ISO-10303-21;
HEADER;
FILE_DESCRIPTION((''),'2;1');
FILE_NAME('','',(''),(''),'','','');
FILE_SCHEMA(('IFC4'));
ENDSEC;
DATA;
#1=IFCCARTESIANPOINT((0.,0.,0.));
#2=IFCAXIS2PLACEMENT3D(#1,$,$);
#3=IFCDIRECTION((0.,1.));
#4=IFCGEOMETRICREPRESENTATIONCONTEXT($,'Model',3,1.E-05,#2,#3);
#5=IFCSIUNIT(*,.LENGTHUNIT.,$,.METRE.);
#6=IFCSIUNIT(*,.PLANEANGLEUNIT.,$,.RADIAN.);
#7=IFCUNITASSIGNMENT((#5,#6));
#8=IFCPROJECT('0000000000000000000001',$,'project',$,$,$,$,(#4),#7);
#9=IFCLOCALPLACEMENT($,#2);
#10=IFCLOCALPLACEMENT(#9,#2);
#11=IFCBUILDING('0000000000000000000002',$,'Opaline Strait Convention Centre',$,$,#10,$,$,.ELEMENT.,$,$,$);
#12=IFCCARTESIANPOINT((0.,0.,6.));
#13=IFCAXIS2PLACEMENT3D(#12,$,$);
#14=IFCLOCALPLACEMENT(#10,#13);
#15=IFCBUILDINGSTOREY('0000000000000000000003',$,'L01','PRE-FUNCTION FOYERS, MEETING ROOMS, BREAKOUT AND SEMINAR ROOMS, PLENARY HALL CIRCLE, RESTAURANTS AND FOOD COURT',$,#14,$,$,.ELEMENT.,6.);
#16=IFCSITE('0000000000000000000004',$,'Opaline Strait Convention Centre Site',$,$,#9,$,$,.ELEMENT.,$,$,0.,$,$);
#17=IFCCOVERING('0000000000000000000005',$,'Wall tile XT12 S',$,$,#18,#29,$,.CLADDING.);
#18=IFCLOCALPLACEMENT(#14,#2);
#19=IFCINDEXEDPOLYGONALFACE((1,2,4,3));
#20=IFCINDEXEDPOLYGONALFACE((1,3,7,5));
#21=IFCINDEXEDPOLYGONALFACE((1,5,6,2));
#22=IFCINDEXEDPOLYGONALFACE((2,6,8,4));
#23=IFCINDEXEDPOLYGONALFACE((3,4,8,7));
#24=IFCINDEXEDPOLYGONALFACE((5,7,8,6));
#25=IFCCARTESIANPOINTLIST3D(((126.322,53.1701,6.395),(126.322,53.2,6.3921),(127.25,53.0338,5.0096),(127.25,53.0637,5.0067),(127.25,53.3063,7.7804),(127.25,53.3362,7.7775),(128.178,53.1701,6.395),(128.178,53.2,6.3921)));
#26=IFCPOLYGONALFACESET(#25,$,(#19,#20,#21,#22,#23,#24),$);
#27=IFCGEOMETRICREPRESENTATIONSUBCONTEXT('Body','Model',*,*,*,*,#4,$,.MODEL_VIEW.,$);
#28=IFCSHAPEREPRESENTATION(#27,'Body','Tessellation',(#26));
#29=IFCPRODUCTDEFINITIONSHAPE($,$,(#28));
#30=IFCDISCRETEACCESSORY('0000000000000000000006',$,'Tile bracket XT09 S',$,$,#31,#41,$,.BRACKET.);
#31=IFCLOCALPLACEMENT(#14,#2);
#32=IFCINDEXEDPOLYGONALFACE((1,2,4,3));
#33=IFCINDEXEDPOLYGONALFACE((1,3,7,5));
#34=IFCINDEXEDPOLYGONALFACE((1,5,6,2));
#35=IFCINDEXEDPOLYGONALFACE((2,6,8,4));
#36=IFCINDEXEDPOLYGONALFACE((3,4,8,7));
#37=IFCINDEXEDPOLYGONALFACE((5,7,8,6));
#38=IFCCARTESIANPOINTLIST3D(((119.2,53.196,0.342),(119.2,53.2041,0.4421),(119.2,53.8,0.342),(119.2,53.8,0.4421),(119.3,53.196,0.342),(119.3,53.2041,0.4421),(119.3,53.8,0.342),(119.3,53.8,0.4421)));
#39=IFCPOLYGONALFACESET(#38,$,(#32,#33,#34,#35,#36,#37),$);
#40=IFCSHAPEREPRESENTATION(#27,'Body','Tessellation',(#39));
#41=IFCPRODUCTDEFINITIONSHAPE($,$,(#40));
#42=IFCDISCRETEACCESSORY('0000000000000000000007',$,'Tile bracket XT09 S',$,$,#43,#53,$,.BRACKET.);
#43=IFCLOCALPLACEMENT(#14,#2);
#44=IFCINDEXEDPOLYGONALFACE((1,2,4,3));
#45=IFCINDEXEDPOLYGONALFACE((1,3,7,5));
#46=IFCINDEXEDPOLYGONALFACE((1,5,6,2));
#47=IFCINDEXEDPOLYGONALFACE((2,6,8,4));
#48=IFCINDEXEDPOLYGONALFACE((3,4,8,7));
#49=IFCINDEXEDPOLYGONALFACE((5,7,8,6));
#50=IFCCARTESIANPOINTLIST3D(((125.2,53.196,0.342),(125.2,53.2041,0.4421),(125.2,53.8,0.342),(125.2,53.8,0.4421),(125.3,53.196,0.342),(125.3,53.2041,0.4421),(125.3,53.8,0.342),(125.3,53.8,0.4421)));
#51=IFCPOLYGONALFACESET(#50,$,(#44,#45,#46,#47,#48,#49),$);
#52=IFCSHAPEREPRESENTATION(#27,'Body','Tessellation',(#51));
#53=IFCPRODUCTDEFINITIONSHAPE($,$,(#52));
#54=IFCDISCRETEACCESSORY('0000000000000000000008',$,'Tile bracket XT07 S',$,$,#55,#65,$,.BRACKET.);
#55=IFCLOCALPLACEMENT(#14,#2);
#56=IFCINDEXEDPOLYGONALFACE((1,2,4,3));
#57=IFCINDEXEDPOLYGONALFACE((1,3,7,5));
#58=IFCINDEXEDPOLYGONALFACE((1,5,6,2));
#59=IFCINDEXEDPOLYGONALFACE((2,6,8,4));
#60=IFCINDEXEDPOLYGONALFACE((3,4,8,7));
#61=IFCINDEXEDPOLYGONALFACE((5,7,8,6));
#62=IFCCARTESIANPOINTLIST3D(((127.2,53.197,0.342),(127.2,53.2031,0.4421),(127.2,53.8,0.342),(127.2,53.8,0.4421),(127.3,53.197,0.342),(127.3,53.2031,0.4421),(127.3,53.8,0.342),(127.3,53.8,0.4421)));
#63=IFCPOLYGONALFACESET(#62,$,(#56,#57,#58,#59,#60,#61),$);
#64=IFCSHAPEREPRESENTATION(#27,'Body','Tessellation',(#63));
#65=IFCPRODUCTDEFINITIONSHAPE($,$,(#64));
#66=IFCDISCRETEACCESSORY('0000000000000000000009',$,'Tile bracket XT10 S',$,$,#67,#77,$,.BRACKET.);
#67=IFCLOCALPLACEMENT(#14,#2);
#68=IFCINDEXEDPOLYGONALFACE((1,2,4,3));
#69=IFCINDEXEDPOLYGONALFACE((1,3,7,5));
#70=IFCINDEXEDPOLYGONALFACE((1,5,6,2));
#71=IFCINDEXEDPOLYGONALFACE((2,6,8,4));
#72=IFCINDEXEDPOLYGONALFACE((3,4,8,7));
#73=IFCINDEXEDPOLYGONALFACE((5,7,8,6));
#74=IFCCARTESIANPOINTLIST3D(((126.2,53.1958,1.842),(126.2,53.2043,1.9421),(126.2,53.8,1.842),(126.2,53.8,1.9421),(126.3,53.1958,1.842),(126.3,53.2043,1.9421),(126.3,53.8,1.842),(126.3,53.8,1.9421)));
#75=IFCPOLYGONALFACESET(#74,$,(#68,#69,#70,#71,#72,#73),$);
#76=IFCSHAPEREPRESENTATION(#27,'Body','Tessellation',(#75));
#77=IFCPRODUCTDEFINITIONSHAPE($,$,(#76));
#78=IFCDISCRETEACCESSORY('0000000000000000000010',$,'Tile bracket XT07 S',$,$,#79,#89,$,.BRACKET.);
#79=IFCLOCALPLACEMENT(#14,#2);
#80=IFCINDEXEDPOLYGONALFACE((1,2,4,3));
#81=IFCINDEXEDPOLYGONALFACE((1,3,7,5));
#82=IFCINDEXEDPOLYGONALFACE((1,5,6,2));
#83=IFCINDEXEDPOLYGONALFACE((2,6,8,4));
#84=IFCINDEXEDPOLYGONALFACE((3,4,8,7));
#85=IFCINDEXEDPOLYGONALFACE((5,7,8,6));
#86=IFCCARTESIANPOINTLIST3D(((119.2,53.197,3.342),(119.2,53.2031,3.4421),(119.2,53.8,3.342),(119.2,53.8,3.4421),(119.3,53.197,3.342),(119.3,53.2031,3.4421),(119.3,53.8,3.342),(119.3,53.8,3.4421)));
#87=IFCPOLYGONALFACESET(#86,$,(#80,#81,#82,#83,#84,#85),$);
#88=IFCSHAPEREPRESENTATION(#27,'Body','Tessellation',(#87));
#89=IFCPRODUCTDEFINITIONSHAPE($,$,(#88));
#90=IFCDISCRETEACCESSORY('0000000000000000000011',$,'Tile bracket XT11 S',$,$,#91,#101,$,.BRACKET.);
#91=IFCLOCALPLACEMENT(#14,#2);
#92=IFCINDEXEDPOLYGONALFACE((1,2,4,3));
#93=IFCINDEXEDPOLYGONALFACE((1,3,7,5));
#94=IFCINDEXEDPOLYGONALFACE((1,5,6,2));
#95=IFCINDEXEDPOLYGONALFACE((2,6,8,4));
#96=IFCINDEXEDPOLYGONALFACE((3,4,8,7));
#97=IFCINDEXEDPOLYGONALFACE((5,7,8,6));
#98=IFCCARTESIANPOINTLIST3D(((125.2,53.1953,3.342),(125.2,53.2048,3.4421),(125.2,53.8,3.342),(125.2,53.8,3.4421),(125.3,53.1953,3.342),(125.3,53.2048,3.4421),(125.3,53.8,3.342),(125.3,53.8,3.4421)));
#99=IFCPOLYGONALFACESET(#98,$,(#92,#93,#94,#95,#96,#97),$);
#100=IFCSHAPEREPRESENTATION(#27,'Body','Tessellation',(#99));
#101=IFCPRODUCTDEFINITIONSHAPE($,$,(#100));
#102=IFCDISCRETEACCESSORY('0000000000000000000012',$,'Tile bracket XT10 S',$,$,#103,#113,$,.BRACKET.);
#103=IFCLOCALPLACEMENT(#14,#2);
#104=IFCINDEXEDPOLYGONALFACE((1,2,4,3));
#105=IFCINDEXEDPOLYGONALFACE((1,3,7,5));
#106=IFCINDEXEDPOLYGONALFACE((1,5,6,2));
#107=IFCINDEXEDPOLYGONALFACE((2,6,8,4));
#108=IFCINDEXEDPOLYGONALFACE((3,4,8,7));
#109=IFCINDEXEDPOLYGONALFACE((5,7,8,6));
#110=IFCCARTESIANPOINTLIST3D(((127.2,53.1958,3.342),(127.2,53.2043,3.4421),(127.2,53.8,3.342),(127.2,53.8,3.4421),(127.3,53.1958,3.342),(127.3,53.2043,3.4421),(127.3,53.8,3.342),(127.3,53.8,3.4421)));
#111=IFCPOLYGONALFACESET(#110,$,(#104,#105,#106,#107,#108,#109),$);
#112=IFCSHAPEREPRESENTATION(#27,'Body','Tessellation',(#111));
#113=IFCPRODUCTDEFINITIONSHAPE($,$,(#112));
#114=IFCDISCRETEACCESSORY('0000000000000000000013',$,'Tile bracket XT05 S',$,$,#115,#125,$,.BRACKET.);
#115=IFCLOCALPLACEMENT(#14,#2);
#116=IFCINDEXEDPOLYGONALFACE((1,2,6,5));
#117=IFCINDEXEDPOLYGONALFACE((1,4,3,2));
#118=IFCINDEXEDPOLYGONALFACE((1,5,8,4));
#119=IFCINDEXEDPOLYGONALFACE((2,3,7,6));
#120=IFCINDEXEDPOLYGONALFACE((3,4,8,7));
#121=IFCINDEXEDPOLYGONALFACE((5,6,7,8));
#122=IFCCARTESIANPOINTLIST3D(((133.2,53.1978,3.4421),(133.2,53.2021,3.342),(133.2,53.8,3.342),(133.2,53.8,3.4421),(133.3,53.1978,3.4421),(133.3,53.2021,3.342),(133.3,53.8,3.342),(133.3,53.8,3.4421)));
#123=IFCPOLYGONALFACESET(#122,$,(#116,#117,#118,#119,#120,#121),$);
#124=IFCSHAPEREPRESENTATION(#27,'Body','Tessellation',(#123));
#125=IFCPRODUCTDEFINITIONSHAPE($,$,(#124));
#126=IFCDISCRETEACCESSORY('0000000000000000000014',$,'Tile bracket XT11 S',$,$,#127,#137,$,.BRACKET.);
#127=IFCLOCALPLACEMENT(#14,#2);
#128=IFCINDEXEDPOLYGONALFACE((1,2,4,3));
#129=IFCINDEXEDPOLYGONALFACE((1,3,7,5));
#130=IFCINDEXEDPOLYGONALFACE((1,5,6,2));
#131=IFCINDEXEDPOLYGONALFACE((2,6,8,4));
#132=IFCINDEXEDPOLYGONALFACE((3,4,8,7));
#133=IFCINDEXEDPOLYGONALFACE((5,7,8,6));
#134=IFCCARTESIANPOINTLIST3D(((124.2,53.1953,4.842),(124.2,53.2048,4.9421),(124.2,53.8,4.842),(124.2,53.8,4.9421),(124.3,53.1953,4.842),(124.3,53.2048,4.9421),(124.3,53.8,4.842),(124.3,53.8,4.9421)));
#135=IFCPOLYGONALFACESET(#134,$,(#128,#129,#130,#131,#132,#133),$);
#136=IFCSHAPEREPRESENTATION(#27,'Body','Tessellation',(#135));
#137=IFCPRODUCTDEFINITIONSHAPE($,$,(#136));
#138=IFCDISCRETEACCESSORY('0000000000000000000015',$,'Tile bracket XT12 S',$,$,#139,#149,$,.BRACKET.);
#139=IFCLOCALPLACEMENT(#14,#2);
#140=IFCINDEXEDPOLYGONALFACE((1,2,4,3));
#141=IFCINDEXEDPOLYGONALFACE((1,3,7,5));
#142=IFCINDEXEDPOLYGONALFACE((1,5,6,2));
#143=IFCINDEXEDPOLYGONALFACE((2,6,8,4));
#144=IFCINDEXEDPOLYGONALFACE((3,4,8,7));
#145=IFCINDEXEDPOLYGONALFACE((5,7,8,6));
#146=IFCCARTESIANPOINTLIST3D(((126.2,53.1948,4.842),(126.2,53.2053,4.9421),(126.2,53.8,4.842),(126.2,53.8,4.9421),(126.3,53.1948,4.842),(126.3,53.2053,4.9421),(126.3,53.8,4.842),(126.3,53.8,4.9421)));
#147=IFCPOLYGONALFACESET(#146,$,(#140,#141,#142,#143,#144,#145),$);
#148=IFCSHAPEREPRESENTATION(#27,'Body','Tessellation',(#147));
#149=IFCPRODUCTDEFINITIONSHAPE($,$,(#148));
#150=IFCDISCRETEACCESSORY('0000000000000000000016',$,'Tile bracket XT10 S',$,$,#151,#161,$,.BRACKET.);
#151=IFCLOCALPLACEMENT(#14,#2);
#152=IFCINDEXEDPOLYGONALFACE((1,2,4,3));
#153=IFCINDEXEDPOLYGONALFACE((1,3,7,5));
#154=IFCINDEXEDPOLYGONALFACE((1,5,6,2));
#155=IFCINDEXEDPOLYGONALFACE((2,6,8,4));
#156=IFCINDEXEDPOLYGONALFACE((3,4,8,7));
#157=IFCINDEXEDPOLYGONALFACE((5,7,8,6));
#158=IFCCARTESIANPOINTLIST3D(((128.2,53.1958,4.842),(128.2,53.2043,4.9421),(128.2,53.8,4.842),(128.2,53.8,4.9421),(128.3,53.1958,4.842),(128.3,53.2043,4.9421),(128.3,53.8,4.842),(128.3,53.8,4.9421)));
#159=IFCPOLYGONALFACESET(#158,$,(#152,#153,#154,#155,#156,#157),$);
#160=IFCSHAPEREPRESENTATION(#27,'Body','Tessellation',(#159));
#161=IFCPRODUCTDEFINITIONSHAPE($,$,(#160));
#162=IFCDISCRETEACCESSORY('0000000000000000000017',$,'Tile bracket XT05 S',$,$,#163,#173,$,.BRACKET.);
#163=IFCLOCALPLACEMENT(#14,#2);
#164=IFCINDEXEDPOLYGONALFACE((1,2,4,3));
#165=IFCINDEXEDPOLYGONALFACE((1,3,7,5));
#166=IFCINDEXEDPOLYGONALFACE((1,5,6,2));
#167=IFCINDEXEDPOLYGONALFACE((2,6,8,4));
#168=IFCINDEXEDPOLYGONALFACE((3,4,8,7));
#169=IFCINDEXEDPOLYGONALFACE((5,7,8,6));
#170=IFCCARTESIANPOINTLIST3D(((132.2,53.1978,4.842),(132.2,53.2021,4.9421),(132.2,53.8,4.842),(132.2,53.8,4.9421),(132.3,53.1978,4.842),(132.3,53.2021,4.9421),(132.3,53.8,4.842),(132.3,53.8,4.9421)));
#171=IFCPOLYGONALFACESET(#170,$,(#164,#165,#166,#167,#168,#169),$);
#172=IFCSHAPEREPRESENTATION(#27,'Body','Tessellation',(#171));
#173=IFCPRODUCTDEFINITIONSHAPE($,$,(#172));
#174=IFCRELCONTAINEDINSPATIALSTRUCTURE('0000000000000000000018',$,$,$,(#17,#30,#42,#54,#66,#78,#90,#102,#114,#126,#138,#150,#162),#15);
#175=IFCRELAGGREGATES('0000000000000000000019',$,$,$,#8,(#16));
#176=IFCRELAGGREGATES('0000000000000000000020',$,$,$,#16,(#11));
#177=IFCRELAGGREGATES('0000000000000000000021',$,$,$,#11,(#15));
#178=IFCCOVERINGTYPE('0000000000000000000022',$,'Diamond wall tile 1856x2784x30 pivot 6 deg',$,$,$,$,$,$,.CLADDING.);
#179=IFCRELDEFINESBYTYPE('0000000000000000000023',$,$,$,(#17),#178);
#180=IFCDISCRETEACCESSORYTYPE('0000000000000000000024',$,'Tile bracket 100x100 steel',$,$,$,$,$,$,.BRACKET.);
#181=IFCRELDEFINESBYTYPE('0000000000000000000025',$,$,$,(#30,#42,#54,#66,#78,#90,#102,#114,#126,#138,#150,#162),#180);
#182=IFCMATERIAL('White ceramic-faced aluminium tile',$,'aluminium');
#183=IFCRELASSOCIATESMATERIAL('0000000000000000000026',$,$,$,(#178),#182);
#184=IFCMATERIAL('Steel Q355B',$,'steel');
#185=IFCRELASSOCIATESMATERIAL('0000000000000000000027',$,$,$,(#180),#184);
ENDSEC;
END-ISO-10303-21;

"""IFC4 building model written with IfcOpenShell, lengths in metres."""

from ifc_helpers import new_model, si_unit, direction, frame, origin, place, context, subcontext, project, spatial, polyline, outline, extrude, material, material_profile, profile_set, type_object, element, save


model = new_model("IFC4")

# Units and contexts
model_context = context("Model", 3, precision=1e-05, world=origin(), true_north=direction((0.0, 1.0)))
body_context = subcontext(model_context, "Body", "Model", "MODEL_VIEW")
ifc_project = project(units=[si_unit("LENGTHUNIT", "METRE"), si_unit("PLANEANGLEUNIT", "RADIAN")], contexts=[model_context])

# Site, building, storey
site_placement = place(None, origin())
site = spatial("IfcSite", under=ifc_project, at=site_placement, Name="Opaline Strait Convention Centre Site", CompositionType="ELEMENT", RefElevation=0.0)
building_placement = place(site_placement, origin())
building = spatial("IfcBuilding", under=site, at=building_placement, Name="Opaline Strait Convention Centre", CompositionType="ELEMENT")
storey_placement = place(building_placement, frame((0.0, 0.0, 6.0)))
storey = spatial("IfcBuildingStorey", under=building, at=storey_placement, Name="L01", Description="PRE-FUNCTION FOYERS, MEETING ROOMS, BREAKOUT AND SEMINAR ROOMS, PLENARY HALL CIRCLE, RESTAURANTS AND FOOD COURT", CompositionType="ELEMENT", Elevation=6.0)

# Covering
ifc_material_1 = material(Name="White ceramic-faced aluminium tile", Category="aluminium")
ifc_material_profile_1 = material_profile(ifc_material_1, outline(polyline([(0.928, 0.0), (0.0, 1.3921), (-0.928, 0.0), (0.0, -1.3921), (0.928, 0.0)])), Name="Diamond tile 1856x2784")
ifc_profile_set_1 = profile_set([ifc_material_profile_1], Name="White ceramic-faced aluminium tile")
covering_type_1 = type_object("IfcCoveringType", Name="Diamond wall tile 1856x2784x30 pivot 6 deg", PredefinedType="CLADDING", material=ifc_profile_set_1)
for number, where, z_axis, x_axis, name in (
    (1, (127.25, 53.2, 6.3921), (0.0, -0.995197, 0.097888), (1.0, 0.0, 0.0), "Wall tile XT12 S"),
):
    element("IfcCovering", number, at=place(storey_placement, frame(where, z_axis=z_axis, x_axis=x_axis)), inside=storey, type_object=covering_type_1, Name=name, PredefinedType="CLADDING", context=body_context, shape_type="SweptSolid", body=[
        extrude(outline(polyline([(0.928, 0.0), (0.0, 1.3921), (-0.928, 0.0), (0.0, -1.3921), (0.928, 0.0)])), origin(), (0.0, 0.0, 1.0), 0.03),
    ])

# Discrete accessories
ifc_material_2 = material(Name="Steel Q355B", Category="steel")
discrete_accessory_type = type_object("IfcDiscreteAccessoryType", Name="Tile bracket 100x100 steel", PredefinedType="BRACKET", material=ifc_material_2)
for number, where, z_axis, x_axis, name in (
    (2, (119.2, 53.8, 0.3921), (1.0, 0.0, 0.0), (0.0, 1.0, 0.0), "Tile bracket XT09 S"),
    (3, (125.2, 53.8, 0.3921), (1.0, 0.0, 0.0), (0.0, 1.0, 0.0), "Tile bracket XT09 S"),
):
    element("IfcDiscreteAccessory", number, at=place(storey_placement, frame(where, z_axis=z_axis, x_axis=x_axis)), inside=storey, type_object=discrete_accessory_type, Name=name, PredefinedType="BRACKET", context=body_context, shape_type="SweptSolid", body=[
        extrude(outline(polyline([(0.0, -0.05), (0.0, 0.05), (-0.5959, 0.05), (-0.604, -0.05), (0.0, -0.05)])), origin(), (0.0, 0.0, 1.0), 0.1001),
    ])
discrete_accessory_1_placement = place(storey_placement, frame((127.2, 53.8, 0.3921), z_axis=(1.0, 0.0, 0.0), x_axis=(0.0, 1.0, 0.0)))
element("IfcDiscreteAccessory", 4, at=discrete_accessory_1_placement, inside=storey, type_object=discrete_accessory_type, Name="Tile bracket XT07 S", PredefinedType="BRACKET", context=body_context, shape_type="SweptSolid", body=[
    extrude(outline(polyline([(0.0, -0.05), (0.0, 0.05), (-0.5969, 0.05), (-0.603, -0.05), (0.0, -0.05)])), origin(), (0.0, 0.0, 1.0), 0.1001),
])
discrete_accessory_2_placement = place(storey_placement, frame((126.2, 53.8, 1.8921), z_axis=(1.0, 0.0, 0.0), x_axis=(0.0, 1.0, 0.0)))
element("IfcDiscreteAccessory", 5, at=discrete_accessory_2_placement, inside=storey, type_object=discrete_accessory_type, Name="Tile bracket XT10 S", PredefinedType="BRACKET", context=body_context, shape_type="SweptSolid", body=[
    extrude(outline(polyline([(0.0, -0.05), (0.0, 0.05), (-0.5957, 0.05), (-0.6042, -0.05), (0.0, -0.05)])), origin(), (0.0, 0.0, 1.0), 0.1001),
])
discrete_accessory_3_placement = place(storey_placement, frame((119.2, 53.8, 3.3921), z_axis=(1.0, 0.0, 0.0), x_axis=(0.0, 1.0, 0.0)))
element("IfcDiscreteAccessory", 6, at=discrete_accessory_3_placement, inside=storey, type_object=discrete_accessory_type, Name="Tile bracket XT07 S", PredefinedType="BRACKET", context=body_context, shape_type="SweptSolid", body=[
    extrude(outline(polyline([(0.0, -0.05), (0.0, 0.05), (-0.5969, 0.05), (-0.603, -0.05), (0.0, -0.05)])), origin(), (0.0, 0.0, 1.0), 0.1001),
])
discrete_accessory_4_placement = place(storey_placement, frame((125.2, 53.8, 3.3921), z_axis=(1.0, 0.0, 0.0), x_axis=(0.0, 1.0, 0.0)))
element("IfcDiscreteAccessory", 7, at=discrete_accessory_4_placement, inside=storey, type_object=discrete_accessory_type, Name="Tile bracket XT11 S", PredefinedType="BRACKET", context=body_context, shape_type="SweptSolid", body=[
    extrude(outline(polyline([(0.0, -0.05), (0.0, 0.05), (-0.5952, 0.05), (-0.6047, -0.05), (0.0, -0.05)])), origin(), (0.0, 0.0, 1.0), 0.1001),
])
discrete_accessory_5_placement = place(storey_placement, frame((127.2, 53.8, 3.3921), z_axis=(1.0, 0.0, 0.0), x_axis=(0.0, 1.0, 0.0)))
element("IfcDiscreteAccessory", 8, at=discrete_accessory_5_placement, inside=storey, type_object=discrete_accessory_type, Name="Tile bracket XT10 S", PredefinedType="BRACKET", context=body_context, shape_type="SweptSolid", body=[
    extrude(outline(polyline([(0.0, -0.05), (0.0, 0.05), (-0.5957, 0.05), (-0.6042, -0.05), (0.0, -0.05)])), origin(), (0.0, 0.0, 1.0), 0.1001),
])
discrete_accessory_6_placement = place(storey_placement, frame((133.2, 53.8, 3.3921), z_axis=(1.0, 0.0, 0.0), x_axis=(0.0, 1.0, 0.0)))
element("IfcDiscreteAccessory", 9, at=discrete_accessory_6_placement, inside=storey, type_object=discrete_accessory_type, Name="Tile bracket XT05 S", PredefinedType="BRACKET", context=body_context, shape_type="SweptSolid", body=[
    extrude(outline(polyline([(0.0, -0.05), (0.0, 0.05), (-0.6023, 0.05), (-0.5979, -0.05), (0.0, -0.05)])), origin(), (0.0, 0.0, 1.0), 0.1001),
])
discrete_accessory_7_placement = place(storey_placement, frame((124.2, 53.8, 4.8921), z_axis=(1.0, 0.0, 0.0), x_axis=(0.0, 1.0, 0.0)))
element("IfcDiscreteAccessory", 10, at=discrete_accessory_7_placement, inside=storey, type_object=discrete_accessory_type, Name="Tile bracket XT11 S", PredefinedType="BRACKET", context=body_context, shape_type="SweptSolid", body=[
    extrude(outline(polyline([(0.0, -0.05), (0.0, 0.05), (-0.5952, 0.05), (-0.6047, -0.05), (0.0, -0.05)])), origin(), (0.0, 0.0, 1.0), 0.1001),
])
discrete_accessory_8_placement = place(storey_placement, frame((126.2, 53.8, 4.8921), z_axis=(1.0, 0.0, 0.0), x_axis=(0.0, 1.0, 0.0)))
element("IfcDiscreteAccessory", 11, at=discrete_accessory_8_placement, inside=storey, type_object=discrete_accessory_type, Name="Tile bracket XT12 S", PredefinedType="BRACKET", context=body_context, shape_type="SweptSolid", body=[
    extrude(outline(polyline([(0.0, -0.05), (0.0, 0.05), (-0.5947, 0.05), (-0.6052, -0.05), (0.0, -0.05)])), origin(), (0.0, 0.0, 1.0), 0.1001),
])
discrete_accessory_9_placement = place(storey_placement, frame((128.2, 53.8, 4.8921), z_axis=(1.0, 0.0, 0.0), x_axis=(0.0, 1.0, 0.0)))
element("IfcDiscreteAccessory", 12, at=discrete_accessory_9_placement, inside=storey, type_object=discrete_accessory_type, Name="Tile bracket XT10 S", PredefinedType="BRACKET", context=body_context, shape_type="SweptSolid", body=[
    extrude(outline(polyline([(0.0, -0.05), (0.0, 0.05), (-0.5957, 0.05), (-0.6042, -0.05), (0.0, -0.05)])), origin(), (0.0, 0.0, 1.0), 0.1001),
])
discrete_accessory_10_placement = place(storey_placement, frame((132.2, 53.8, 4.8921), z_axis=(1.0, 0.0, 0.0), x_axis=(0.0, 1.0, 0.0)))
element("IfcDiscreteAccessory", 13, at=discrete_accessory_10_placement, inside=storey, type_object=discrete_accessory_type, Name="Tile bracket XT05 S", PredefinedType="BRACKET", context=body_context, shape_type="SweptSolid", body=[
    extrude(outline(polyline([(0.0, -0.05), (0.0, 0.05), (-0.5979, 0.05), (-0.6023, -0.05), (0.0, -0.05)])), origin(), (0.0, 0.0, 1.0), 0.1001),
])

save(model, "model.ifc")
